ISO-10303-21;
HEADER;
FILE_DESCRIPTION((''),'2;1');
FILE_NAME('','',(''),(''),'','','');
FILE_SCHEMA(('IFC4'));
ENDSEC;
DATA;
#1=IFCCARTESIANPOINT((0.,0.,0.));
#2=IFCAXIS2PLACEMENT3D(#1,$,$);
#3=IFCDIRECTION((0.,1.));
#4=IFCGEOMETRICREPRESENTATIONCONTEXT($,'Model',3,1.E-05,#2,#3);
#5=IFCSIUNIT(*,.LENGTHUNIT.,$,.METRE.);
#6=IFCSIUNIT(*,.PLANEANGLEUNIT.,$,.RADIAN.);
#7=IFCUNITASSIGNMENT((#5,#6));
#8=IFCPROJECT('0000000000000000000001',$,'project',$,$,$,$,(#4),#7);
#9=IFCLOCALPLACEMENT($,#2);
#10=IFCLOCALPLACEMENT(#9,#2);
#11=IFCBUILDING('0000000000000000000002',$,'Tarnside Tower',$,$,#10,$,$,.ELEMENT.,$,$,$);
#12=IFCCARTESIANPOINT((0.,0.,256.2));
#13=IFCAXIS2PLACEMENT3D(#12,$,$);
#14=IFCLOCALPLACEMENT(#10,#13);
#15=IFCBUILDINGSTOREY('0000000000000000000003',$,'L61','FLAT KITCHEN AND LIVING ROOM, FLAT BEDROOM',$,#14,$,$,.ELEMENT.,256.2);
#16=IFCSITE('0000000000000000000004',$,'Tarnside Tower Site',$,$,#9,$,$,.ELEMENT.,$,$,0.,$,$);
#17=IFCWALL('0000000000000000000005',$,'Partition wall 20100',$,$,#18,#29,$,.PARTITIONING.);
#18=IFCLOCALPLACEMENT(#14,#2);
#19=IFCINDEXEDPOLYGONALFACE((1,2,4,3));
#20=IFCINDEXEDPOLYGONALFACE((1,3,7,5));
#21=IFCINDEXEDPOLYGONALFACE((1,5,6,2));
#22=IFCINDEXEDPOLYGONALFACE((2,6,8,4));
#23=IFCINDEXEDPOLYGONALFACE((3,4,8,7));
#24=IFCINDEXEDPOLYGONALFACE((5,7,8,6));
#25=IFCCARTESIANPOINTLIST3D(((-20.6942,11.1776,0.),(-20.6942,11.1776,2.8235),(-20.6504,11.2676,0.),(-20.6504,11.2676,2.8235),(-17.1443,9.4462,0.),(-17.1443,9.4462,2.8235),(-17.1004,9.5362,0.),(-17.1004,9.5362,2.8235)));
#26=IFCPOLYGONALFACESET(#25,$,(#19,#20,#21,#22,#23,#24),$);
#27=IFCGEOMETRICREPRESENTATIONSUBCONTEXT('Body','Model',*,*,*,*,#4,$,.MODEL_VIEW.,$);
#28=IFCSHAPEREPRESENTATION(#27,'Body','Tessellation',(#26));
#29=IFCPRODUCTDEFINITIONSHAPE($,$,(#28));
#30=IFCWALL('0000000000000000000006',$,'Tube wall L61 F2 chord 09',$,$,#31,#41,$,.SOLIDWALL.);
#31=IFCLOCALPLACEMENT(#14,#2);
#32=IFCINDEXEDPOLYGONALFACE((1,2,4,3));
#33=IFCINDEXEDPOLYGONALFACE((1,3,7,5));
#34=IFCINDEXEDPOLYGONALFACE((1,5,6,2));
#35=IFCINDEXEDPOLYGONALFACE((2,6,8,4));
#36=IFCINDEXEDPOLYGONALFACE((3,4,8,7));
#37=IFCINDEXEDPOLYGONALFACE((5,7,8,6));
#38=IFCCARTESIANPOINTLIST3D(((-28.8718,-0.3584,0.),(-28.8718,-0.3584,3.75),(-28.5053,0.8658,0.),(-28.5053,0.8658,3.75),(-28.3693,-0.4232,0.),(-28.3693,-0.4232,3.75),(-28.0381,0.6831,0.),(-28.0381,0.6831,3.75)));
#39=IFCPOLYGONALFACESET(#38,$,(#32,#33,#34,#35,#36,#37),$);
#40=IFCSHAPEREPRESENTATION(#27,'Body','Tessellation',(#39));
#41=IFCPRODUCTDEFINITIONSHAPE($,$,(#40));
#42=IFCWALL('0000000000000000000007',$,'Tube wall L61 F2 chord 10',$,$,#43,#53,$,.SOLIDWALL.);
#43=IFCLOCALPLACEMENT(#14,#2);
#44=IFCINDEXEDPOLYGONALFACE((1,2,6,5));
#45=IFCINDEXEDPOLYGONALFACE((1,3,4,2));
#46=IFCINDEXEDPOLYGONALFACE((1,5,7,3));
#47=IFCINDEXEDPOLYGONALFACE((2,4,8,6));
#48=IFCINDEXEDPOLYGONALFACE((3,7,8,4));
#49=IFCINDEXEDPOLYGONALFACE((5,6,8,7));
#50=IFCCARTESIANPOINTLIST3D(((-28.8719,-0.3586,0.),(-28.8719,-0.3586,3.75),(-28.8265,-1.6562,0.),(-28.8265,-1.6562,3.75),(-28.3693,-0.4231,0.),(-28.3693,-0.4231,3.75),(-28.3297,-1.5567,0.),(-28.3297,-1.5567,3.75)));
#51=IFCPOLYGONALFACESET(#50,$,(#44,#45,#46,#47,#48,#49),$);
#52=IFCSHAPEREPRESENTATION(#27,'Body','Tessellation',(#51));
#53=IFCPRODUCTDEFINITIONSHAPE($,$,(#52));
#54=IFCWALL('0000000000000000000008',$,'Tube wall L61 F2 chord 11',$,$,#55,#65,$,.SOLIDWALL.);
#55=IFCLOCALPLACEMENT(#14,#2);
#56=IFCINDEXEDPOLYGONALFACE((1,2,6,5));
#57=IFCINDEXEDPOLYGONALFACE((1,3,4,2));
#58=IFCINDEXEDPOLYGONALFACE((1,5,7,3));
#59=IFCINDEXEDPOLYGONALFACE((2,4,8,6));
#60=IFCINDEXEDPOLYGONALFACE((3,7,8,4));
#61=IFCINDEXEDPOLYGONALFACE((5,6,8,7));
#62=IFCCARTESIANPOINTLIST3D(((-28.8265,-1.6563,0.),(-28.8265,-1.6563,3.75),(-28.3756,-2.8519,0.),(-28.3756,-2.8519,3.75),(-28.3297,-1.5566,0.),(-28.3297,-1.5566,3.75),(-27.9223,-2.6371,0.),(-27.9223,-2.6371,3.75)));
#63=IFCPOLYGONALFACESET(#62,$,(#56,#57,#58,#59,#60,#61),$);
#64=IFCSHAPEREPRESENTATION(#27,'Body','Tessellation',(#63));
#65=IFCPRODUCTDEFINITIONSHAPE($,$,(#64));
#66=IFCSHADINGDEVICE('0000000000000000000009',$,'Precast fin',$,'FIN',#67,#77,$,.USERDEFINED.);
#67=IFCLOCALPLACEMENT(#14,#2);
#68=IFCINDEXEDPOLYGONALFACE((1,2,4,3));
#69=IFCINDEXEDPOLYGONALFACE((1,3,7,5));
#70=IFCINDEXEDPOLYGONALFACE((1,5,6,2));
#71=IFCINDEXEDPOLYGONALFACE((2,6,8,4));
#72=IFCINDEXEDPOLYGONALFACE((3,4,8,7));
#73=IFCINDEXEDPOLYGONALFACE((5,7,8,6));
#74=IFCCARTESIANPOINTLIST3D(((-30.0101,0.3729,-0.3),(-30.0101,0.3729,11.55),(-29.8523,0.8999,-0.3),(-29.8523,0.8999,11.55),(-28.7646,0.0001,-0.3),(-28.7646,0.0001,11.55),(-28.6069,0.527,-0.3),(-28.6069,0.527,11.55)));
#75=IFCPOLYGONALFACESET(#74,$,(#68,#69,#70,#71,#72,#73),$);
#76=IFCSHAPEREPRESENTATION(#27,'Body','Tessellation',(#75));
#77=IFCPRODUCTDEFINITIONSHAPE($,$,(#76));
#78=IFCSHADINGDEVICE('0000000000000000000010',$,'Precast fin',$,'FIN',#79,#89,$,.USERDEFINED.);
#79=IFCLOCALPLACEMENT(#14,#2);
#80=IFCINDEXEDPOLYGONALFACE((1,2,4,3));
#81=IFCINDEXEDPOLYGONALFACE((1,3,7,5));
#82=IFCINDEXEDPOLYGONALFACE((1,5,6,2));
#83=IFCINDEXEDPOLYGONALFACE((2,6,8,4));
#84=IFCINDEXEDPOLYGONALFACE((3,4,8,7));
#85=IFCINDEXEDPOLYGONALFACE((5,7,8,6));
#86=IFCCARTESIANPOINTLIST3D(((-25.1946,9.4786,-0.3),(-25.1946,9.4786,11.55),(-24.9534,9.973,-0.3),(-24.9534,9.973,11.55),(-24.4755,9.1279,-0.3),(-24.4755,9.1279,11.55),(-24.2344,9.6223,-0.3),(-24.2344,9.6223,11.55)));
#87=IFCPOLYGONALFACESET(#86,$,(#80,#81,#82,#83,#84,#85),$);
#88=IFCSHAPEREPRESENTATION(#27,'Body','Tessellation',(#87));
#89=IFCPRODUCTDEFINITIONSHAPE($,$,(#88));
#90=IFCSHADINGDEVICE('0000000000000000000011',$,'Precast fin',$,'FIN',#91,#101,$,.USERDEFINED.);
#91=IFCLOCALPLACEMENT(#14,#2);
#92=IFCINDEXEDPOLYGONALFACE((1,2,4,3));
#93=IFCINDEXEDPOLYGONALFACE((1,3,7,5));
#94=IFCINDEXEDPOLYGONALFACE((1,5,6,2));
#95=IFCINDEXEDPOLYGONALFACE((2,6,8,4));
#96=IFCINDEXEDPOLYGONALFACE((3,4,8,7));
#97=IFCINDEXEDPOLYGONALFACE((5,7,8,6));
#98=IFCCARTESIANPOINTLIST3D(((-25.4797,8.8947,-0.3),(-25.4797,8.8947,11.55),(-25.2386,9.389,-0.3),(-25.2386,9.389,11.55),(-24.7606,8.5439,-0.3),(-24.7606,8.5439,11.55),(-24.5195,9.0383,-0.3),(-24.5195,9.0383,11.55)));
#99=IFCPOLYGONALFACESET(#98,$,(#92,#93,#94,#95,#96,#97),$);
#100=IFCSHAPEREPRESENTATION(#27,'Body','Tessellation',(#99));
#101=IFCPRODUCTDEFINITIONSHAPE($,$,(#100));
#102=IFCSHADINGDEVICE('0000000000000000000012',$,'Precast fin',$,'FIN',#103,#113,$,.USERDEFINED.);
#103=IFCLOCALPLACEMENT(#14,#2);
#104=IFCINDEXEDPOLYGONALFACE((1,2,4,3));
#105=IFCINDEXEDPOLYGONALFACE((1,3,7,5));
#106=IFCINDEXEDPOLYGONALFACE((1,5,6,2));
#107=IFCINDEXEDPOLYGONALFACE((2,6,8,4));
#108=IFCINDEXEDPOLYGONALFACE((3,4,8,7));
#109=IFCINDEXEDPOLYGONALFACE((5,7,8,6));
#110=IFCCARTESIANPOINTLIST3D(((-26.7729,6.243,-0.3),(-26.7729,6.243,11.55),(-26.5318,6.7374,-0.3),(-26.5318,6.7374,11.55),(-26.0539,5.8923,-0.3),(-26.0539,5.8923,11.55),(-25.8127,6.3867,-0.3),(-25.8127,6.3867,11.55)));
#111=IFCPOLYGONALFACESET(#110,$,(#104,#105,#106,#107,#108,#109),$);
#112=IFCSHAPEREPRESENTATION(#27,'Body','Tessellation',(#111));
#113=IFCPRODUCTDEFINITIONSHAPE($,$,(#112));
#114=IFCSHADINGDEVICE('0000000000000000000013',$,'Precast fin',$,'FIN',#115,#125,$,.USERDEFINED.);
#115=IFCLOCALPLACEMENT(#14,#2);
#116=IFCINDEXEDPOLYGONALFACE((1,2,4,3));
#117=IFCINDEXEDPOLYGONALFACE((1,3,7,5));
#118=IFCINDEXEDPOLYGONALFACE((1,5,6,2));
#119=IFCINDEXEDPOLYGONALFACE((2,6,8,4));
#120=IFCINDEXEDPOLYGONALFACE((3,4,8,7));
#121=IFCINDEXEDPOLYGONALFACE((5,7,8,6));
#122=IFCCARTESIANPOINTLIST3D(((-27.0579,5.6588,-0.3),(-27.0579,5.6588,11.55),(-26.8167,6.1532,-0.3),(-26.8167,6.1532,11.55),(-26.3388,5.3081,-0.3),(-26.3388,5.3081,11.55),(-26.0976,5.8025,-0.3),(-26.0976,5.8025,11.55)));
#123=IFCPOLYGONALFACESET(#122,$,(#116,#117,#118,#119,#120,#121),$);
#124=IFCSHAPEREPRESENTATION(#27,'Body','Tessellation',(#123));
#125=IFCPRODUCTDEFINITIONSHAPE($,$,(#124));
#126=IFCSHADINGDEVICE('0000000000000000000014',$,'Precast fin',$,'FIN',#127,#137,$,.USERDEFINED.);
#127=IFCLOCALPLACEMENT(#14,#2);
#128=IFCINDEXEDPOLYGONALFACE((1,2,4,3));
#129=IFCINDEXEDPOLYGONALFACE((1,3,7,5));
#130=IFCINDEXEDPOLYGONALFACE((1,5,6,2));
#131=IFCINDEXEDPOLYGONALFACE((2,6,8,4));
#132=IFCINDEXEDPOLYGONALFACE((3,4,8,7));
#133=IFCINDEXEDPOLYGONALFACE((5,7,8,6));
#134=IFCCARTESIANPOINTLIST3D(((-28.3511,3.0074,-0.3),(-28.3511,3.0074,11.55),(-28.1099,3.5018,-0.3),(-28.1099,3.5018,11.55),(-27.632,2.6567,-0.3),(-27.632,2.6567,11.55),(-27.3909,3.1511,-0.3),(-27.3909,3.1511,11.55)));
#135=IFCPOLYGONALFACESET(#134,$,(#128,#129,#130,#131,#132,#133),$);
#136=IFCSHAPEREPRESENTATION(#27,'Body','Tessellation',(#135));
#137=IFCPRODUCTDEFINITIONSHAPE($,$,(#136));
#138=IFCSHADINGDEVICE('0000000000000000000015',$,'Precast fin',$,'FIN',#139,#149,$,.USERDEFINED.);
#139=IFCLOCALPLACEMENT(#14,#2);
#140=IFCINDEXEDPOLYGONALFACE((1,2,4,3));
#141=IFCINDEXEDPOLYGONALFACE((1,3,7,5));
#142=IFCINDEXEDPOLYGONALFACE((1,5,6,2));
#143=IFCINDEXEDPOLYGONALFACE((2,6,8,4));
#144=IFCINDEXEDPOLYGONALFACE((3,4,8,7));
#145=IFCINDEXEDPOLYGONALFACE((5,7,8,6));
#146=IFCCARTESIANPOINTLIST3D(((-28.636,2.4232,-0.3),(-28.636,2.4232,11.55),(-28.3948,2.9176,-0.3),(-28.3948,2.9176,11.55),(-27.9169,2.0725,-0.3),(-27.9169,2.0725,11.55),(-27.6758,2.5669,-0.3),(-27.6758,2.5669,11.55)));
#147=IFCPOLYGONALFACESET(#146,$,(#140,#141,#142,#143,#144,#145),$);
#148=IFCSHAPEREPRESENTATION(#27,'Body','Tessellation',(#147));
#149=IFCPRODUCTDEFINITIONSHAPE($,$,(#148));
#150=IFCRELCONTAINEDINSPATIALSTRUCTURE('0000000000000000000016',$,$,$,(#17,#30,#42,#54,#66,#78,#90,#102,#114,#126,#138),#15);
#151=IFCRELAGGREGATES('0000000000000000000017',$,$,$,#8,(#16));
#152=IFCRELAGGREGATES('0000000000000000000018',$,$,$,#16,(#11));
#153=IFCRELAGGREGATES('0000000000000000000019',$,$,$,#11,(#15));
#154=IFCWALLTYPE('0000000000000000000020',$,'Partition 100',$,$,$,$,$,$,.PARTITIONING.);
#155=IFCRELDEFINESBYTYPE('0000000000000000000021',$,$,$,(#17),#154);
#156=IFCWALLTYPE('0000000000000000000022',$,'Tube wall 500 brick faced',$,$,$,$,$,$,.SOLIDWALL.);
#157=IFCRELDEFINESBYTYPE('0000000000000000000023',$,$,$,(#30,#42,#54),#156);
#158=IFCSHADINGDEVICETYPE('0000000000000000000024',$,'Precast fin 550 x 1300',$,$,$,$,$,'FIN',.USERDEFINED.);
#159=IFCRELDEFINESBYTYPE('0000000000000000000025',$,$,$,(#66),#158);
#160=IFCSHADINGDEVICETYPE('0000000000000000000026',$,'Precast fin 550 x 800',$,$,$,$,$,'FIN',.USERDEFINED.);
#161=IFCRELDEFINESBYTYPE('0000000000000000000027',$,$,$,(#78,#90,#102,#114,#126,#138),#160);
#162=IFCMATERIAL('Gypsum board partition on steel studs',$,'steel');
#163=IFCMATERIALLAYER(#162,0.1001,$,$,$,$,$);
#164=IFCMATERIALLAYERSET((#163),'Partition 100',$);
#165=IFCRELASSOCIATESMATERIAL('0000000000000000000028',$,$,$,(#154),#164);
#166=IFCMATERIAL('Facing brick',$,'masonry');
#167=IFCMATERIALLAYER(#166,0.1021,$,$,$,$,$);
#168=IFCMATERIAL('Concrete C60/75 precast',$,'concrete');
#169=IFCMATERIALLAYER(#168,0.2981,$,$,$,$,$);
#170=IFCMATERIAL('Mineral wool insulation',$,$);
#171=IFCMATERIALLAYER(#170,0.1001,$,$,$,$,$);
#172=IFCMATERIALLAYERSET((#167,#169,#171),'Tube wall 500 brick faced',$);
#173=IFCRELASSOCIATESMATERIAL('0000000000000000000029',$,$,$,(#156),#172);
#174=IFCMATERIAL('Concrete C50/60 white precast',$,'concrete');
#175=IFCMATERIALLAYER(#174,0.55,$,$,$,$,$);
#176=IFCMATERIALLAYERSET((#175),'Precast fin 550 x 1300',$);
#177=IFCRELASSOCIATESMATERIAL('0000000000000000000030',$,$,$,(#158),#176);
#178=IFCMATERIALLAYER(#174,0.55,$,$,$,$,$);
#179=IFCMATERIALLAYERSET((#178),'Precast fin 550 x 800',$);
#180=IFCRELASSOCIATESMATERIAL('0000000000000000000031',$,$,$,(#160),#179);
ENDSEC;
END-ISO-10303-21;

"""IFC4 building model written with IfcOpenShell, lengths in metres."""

from ifc_helpers import new_model, si_unit, direction, frame, frame_2d, origin, place, context, subcontext, project, spatial, polyline, rectangle, outline, extrude, material, layer, layer_set, type_object, element, save


model = new_model("IFC4")

# Units and contexts
model_context = context("Model", 3, precision=1e-05, world=origin(), true_north=direction((0.0, 1.0)))
body_context = subcontext(model_context, "Body", "Model", "MODEL_VIEW")
ifc_project = project(units=[si_unit("LENGTHUNIT", "METRE"), si_unit("PLANEANGLEUNIT", "RADIAN")], contexts=[model_context])

# Site, building, storey
site_placement = place(None, origin())
site = spatial("IfcSite", under=ifc_project, at=site_placement, Name="Tarnside Tower Site", CompositionType="ELEMENT", RefElevation=0.0)
building_placement = place(site_placement, origin())
building = spatial("IfcBuilding", under=site, at=building_placement, Name="Tarnside Tower", CompositionType="ELEMENT")
storey_placement = place(building_placement, frame((0.0, 0.0, 256.2)))
storey = spatial("IfcBuildingStorey", under=building, at=storey_placement, Name="L61", Description="FLAT KITCHEN AND LIVING ROOM, FLAT BEDROOM", CompositionType="ELEMENT", Elevation=256.2)

# Shared definitions
ifc_material_1 = material(Name="Gypsum board partition on steel studs", Category="steel")

# Walls
ifc_material_2 = material(Name="Concrete C60/75 precast", Category="concrete")
ifc_material_3 = material(Name="Mineral wool insulation")
ifc_layer_1 = layer(ifc_material_1, 0.1001)
ifc_layer_set_1 = layer_set([ifc_layer_1], Name="Partition 100")
wall_type_1 = type_object("IfcWallType", Name="Partition 100", PredefinedType="PARTITIONING", material=ifc_layer_set_1)
wall_1_placement = place(storey_placement, frame((-17.1223, 9.4912, 0.0), z_axis=(0.0, 0.0, 1.0), x_axis=(-0.898797, 0.438365, 0.0)))
element("IfcWall", 1, at=wall_1_placement, inside=storey, type_object=wall_type_1, Name="Partition wall 20100", PredefinedType="PARTITIONING", context=body_context, shape_type="SweptSolid", body=[
    extrude(rectangle(XDim=3.9497, YDim=0.1001, at=frame_2d((1.9749, 0.0))), origin(), (0.0, 0.0, 1.0), 2.8235),
])
ifc_material_4 = material(Name="Facing brick", Category="masonry")
ifc_layer_2 = layer(ifc_material_4, 0.1021)
ifc_layer_3 = layer(ifc_material_2, 0.2981)
ifc_layer_4 = layer(ifc_material_3, 0.1001)
ifc_layer_set_2 = layer_set([ifc_layer_2, ifc_layer_3, ifc_layer_4], Name="Tube wall 500 brick faced")
wall_type_2 = type_object("IfcWallType", Name="Tube wall 500 brick faced", PredefinedType="SOLIDWALL", material=ifc_layer_set_2)
wall_2_placement = place(storey_placement, frame((-28.2717, 0.7744, 0.0), z_axis=(0.0, 0.0, 1.0), x_axis=(-0.286814, -0.957986, 0.0)))
element("IfcWall", 2, at=wall_2_placement, inside=storey, type_object=wall_type_2, Name="Tube wall L61 F2 chord 09", PredefinedType="SOLIDWALL", context=body_context, shape_type="SweptSolid", body=[
    extrude(outline(polyline([(-0.0205, -0.25), (1.2573, -0.25), (1.1753, 0.25), (0.0205, 0.25), (-0.0205, -0.25)])), origin(), (0.0, 0.0, 1.0), 3.75),
])
wall_3_placement = place(storey_placement, frame((-28.6206, -0.3909, 0.0), z_axis=(0.0, 0.0, 1.0), x_axis=(0.034925, -0.99939, 0.0)))
element("IfcWall", 3, at=wall_3_placement, inside=storey, type_object=wall_type_2, Name="Tube wall L61 F2 chord 10", PredefinedType="SOLIDWALL", context=body_context, shape_type="SweptSolid", body=[
    extrude(outline(polyline([(-0.041, -0.25), (1.2573, -0.25), (1.1753, 0.25), (0.041, 0.25), (-0.041, -0.25)])), origin(), (0.0, 0.0, 1.0), 3.75),
])
wall_4_placement = place(storey_placement, frame((-28.5781, -1.6064, 0.0), z_axis=(0.0, 0.0, 1.0), x_axis=(0.352838, -0.935684, 0.0)))
element("IfcWall", 4, at=wall_4_placement, inside=storey, type_object=wall_type_2, Name="Tube wall L61 F2 chord 11", PredefinedType="SOLIDWALL", context=body_context, shape_type="SweptSolid", body=[
    extrude(outline(polyline([(-0.041, -0.25), (1.2368, -0.25), (1.1958, 0.25), (0.041, 0.25), (-0.041, -0.25)])), origin(), (0.0, 0.0, 1.0), 3.75),
])

# Shading devices
ifc_material_5 = material(Name="Concrete C50/60 white precast", Category="concrete")
ifc_layer_5 = layer(ifc_material_5, 0.55)
ifc_layer_set_3 = layer_set([ifc_layer_5], Name="Precast fin 550 x 1300")
shading_device_type_1 = type_object("IfcShadingDeviceType", Name="Precast fin 550 x 1300", ElementType="FIN", PredefinedType="USERDEFINED", material=ifc_layer_set_3)
shading_device_placement = place(storey_placement, frame((-28.6858, 0.2634, -0.3), z_axis=(0.286803, 0.95799, 0.0), x_axis=(-0.95799, 0.286803, 0.0)))
element("IfcShadingDevice", 5, at=shading_device_placement, inside=storey, type_object=shading_device_type_1, Name="Precast fin", ObjectType="FIN", PredefinedType="USERDEFINED", context=body_context, shape_type="SweptSolid", body=[
    extrude(outline(polyline([(0.0, 0.0), (1.3, 0.0), (1.3, 11.8501), (0.0, 11.8501), (0.0, 0.0)])), frame((0.0, 0.0, -0.2749)), (0.0, 0.0, 1.0), 0.55),
])
ifc_layer_6 = layer(ifc_material_5, 0.55)
ifc_layer_set_4 = layer_set([ifc_layer_6], Name="Precast fin 550 x 800")
shading_device_type_2 = type_object("IfcShadingDeviceType", Name="Precast fin 550 x 800", ElementType="FIN", PredefinedType="USERDEFINED", material=ifc_layer_set_4)
for number, where, z_axis, x_axis, name in (
    (6, (-24.355, 9.375, -0.3), (0.438371, 0.898794, 0.0), (-0.898794, 0.438371, 0.0), "Precast fin"),
    (7, (-24.6401, 8.791, -0.3), (0.438371, 0.898794, 0.0), (-0.898794, 0.438371, 0.0), "Precast fin"),
    (8, (-25.9333, 6.1394, -0.3), (0.438371, 0.898794, 0.0), (-0.898794, 0.438371, 0.0), "Precast fin"),
    (9, (-26.2183, 5.5552, -0.3), (0.438371, 0.898794, 0.0), (-0.898794, 0.438371, 0.0), "Precast fin"),
    (10, (-27.5115, 2.9038, -0.3), (0.438371, 0.898794, 0.0), (-0.898794, 0.438371, 0.0), "Precast fin"),
    (11, (-27.7964, 2.3196, -0.3), (0.438371, 0.898794, 0.0), (-0.898794, 0.438371, 0.0), "Precast fin"),
):
    element("IfcShadingDevice", number, at=place(storey_placement, frame(where, z_axis=z_axis, x_axis=x_axis)), inside=storey, type_object=shading_device_type_2, Name=name, ObjectType="FIN", PredefinedType="USERDEFINED", context=body_context, shape_type="SweptSolid", body=[
        extrude(outline(polyline([(0.0, 0.0), (0.8, 0.0), (0.8, 11.8501), (0.0, 11.8501), (0.0, 0.0)])), frame((0.0, 0.0, -0.2749)), (0.0, 0.0, 1.0), 0.55),
    ])

save(model, "model.ifc")
